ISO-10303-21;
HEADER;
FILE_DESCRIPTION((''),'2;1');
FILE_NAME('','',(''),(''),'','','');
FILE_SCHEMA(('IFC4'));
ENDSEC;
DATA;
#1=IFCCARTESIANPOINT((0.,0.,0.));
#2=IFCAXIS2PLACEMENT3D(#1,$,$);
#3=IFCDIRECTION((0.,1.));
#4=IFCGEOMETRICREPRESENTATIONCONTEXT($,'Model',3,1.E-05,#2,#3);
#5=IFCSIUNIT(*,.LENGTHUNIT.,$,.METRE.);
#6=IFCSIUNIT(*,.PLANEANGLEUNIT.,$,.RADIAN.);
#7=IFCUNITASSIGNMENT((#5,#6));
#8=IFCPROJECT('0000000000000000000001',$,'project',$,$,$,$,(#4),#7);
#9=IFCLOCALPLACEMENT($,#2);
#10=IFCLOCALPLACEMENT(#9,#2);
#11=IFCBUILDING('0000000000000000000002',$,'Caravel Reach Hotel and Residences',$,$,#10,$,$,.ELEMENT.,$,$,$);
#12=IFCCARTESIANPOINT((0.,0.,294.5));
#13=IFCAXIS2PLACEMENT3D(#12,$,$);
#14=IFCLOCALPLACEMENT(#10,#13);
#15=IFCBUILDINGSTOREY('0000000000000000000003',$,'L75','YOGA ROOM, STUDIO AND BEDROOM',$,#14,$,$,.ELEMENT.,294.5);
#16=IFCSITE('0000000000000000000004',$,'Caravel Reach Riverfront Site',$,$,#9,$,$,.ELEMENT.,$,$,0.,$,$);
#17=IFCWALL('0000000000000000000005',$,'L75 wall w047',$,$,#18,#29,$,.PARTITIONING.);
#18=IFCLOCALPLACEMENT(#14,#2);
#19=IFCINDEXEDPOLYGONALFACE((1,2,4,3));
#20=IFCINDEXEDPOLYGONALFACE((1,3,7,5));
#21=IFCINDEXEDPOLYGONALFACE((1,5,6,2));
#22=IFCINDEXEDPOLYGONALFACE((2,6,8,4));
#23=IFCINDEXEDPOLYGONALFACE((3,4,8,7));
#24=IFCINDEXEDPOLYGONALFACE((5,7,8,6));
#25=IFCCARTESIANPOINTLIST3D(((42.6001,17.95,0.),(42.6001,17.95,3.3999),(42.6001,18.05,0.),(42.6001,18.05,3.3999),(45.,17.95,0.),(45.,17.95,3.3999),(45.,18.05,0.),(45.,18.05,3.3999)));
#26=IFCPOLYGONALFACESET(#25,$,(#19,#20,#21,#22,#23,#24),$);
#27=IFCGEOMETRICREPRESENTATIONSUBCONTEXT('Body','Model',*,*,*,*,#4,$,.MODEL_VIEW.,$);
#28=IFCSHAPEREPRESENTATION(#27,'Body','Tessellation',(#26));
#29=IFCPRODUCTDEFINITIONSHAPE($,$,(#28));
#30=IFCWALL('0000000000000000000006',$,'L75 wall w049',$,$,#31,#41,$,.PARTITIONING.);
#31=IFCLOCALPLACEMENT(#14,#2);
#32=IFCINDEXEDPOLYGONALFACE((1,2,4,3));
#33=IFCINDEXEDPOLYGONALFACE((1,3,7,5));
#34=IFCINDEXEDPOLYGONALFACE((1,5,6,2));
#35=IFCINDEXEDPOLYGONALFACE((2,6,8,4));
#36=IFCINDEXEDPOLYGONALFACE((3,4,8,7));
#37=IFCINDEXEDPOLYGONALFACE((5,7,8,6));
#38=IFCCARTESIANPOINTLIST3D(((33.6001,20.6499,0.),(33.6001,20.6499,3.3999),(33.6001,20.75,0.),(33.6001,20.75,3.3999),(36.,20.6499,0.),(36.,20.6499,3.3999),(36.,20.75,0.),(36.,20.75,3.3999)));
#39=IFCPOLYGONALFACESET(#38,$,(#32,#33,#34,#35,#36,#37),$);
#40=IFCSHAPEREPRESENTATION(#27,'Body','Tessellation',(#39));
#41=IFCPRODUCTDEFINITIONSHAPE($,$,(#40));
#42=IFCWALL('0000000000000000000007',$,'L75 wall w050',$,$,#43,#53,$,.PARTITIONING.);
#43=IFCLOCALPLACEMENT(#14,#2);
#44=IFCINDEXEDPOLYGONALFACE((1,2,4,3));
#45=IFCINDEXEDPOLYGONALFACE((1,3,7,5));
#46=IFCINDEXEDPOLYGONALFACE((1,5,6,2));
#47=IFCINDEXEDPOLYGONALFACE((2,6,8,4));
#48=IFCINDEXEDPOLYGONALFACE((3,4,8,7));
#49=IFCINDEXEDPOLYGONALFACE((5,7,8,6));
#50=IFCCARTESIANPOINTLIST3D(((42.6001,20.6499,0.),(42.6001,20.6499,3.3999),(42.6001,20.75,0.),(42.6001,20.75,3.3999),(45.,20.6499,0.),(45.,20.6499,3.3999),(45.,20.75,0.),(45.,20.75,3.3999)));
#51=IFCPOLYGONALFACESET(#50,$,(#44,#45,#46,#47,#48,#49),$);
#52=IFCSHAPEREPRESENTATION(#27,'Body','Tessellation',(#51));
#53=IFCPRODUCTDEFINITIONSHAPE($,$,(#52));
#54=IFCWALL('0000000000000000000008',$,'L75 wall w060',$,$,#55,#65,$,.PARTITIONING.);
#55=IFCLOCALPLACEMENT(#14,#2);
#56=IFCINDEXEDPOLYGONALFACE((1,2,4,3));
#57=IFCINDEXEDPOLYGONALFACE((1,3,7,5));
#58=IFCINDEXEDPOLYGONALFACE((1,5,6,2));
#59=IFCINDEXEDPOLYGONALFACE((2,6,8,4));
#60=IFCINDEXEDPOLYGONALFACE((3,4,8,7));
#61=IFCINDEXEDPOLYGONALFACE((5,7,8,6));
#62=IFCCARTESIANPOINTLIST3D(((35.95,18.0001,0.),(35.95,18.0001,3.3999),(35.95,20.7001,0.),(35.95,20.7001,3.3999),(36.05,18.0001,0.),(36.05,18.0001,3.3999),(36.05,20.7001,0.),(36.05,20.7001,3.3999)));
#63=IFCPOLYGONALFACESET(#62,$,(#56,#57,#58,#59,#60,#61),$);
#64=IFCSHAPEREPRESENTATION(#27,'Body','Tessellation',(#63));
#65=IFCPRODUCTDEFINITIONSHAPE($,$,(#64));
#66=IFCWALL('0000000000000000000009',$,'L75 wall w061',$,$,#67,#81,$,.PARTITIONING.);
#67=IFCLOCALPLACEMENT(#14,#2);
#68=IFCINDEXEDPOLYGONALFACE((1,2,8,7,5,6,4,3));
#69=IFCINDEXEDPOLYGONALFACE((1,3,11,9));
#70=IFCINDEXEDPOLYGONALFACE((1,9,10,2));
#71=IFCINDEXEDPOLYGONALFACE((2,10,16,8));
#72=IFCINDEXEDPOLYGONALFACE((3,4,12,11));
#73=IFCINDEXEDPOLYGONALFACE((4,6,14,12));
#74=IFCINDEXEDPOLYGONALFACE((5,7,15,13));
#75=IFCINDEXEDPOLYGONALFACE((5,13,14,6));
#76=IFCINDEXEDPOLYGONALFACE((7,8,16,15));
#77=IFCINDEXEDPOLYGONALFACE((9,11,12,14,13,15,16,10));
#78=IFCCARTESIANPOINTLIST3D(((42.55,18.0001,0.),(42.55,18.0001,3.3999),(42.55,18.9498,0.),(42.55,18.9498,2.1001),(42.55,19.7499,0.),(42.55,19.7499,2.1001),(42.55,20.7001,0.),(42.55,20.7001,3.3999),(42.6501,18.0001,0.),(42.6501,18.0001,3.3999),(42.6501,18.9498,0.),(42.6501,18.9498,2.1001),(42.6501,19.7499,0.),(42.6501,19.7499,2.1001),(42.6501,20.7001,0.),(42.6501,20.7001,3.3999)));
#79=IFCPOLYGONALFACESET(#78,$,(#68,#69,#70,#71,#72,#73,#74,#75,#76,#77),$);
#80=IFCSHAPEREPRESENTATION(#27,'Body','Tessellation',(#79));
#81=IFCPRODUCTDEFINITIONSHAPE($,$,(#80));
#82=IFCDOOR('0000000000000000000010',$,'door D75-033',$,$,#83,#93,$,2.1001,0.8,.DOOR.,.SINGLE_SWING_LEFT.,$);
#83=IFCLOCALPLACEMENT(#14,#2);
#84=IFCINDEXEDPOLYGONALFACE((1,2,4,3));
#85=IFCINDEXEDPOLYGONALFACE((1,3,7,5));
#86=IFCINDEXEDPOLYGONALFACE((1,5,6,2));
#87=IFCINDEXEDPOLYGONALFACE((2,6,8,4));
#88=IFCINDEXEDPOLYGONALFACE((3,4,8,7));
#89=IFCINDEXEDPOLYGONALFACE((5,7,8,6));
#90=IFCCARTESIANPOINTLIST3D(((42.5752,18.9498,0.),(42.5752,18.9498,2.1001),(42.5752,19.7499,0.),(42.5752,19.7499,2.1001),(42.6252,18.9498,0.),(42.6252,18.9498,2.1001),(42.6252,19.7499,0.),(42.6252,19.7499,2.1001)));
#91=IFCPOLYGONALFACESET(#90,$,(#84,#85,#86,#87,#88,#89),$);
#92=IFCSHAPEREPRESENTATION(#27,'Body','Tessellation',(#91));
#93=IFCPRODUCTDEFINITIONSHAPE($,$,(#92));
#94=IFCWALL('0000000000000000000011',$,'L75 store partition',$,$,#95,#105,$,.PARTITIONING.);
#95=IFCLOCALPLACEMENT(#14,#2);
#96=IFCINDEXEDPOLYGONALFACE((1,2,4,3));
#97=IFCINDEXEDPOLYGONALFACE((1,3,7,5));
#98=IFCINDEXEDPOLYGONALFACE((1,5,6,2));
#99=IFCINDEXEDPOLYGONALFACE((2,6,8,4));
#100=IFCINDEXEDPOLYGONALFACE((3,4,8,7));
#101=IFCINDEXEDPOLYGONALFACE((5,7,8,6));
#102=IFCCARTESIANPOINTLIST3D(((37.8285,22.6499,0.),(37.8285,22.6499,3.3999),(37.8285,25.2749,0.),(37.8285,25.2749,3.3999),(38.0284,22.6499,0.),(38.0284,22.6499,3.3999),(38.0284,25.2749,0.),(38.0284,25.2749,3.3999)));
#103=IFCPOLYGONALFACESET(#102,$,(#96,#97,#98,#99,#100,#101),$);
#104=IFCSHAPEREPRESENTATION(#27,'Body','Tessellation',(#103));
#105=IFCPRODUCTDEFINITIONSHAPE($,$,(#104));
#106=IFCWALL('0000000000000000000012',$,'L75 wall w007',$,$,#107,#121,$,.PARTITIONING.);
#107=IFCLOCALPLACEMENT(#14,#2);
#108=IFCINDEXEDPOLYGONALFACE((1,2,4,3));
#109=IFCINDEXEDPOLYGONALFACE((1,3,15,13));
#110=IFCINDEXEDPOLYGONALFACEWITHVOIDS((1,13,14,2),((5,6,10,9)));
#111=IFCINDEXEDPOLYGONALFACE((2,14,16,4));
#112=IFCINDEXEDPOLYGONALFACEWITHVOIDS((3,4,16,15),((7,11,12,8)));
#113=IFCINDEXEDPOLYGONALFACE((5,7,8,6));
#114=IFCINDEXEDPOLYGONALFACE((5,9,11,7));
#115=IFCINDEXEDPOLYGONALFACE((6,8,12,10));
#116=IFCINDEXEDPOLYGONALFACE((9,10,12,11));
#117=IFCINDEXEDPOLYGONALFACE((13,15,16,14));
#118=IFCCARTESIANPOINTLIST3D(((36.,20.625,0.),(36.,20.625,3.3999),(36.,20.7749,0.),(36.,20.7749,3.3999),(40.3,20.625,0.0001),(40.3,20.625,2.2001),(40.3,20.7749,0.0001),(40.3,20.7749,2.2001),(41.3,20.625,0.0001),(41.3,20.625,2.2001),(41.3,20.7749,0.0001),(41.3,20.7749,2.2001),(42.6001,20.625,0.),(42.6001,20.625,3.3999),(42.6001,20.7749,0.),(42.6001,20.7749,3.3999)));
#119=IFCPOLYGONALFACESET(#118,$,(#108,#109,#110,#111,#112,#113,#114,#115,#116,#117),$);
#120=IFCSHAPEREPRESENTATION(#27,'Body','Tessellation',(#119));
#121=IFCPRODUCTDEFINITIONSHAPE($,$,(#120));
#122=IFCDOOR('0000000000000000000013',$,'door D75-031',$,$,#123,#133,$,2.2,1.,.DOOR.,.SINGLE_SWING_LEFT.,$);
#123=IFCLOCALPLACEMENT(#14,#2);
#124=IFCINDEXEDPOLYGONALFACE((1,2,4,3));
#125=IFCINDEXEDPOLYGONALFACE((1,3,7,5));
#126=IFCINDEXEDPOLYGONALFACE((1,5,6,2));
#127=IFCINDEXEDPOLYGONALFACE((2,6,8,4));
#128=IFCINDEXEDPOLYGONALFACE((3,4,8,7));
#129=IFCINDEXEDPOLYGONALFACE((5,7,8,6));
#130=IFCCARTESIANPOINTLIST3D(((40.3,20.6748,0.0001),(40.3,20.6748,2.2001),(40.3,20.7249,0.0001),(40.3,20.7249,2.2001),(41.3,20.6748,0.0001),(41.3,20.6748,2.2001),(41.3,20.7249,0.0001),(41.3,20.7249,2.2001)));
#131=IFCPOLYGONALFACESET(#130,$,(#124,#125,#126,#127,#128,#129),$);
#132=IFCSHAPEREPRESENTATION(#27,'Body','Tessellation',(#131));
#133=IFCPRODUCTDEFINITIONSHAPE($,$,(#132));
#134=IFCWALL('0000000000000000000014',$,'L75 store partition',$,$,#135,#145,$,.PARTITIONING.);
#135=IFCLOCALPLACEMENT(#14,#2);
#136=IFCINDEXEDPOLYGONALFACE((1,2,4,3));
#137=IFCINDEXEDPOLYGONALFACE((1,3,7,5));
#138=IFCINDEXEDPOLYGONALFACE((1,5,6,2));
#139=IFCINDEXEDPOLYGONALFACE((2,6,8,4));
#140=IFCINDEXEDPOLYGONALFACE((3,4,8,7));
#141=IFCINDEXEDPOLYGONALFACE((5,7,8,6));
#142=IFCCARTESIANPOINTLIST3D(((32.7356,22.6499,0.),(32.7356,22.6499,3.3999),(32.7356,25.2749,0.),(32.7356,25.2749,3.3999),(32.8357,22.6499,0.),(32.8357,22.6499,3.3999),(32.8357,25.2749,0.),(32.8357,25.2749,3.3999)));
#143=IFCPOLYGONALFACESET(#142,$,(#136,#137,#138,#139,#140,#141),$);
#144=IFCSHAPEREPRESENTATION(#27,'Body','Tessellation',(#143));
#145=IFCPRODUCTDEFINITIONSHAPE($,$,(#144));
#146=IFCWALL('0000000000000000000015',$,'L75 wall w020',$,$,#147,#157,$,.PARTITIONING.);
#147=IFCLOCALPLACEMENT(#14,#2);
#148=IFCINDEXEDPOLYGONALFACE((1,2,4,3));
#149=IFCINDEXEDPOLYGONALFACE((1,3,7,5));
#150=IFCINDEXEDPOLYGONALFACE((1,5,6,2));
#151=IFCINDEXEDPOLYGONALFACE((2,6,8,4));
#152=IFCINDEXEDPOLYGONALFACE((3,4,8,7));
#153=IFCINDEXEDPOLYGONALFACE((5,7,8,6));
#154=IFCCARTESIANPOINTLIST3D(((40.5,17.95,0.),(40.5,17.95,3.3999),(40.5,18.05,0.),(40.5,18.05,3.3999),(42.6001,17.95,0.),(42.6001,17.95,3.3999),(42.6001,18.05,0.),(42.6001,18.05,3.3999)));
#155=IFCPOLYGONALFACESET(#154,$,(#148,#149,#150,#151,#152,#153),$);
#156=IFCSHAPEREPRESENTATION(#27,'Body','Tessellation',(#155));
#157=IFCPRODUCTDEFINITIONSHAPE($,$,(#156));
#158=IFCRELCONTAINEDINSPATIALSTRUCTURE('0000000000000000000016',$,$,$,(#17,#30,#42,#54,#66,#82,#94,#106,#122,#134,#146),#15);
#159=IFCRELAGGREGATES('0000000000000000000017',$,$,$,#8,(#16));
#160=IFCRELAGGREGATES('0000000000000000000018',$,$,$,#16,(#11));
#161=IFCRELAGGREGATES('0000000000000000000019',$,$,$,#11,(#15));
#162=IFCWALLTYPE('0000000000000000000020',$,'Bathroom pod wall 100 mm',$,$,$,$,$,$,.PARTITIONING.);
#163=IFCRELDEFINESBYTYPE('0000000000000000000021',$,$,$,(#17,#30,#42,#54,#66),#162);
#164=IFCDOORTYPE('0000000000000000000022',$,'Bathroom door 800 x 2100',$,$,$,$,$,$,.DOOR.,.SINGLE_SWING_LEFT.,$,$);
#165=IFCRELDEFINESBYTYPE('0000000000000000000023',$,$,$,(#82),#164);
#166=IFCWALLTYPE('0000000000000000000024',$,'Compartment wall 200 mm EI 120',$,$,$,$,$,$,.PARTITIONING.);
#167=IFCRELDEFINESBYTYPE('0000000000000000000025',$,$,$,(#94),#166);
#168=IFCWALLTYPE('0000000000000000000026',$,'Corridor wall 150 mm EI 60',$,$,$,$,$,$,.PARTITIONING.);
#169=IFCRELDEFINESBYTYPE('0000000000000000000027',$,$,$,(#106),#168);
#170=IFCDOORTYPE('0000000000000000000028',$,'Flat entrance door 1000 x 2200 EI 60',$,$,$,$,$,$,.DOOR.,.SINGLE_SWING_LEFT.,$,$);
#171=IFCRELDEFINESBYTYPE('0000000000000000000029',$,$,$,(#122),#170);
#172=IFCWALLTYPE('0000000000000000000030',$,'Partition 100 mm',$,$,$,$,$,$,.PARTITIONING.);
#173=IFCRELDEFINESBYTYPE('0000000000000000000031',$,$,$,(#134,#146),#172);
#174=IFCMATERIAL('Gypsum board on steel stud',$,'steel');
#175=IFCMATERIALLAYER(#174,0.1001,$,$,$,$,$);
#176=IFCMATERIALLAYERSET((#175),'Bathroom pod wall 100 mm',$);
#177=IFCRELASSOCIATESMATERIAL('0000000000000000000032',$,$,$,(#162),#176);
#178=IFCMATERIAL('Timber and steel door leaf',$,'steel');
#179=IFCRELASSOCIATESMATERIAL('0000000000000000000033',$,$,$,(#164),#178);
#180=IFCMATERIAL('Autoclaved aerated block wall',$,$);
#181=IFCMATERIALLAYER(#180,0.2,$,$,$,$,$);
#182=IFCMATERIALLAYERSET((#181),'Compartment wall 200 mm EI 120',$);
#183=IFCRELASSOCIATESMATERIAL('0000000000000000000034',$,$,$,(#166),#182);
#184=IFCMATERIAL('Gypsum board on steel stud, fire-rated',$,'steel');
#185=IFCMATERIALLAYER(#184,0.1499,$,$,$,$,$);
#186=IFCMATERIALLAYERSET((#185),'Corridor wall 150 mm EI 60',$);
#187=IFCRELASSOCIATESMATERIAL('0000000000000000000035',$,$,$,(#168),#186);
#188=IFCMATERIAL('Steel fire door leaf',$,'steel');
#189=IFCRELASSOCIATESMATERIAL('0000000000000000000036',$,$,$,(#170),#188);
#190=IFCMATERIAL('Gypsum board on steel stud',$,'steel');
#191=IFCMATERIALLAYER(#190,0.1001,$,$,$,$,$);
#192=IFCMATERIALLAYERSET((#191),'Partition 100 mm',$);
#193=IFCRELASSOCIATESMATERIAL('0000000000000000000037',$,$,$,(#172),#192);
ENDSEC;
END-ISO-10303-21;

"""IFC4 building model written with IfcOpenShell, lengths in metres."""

from ifc_helpers import new_model, si_unit, direction, frame, frame_2d, origin, place, context, subcontext, project, spatial, rectangle, extrude, material, layer, layer_set, type_object, element, fill, save


model = new_model("IFC4")

# Units and contexts
model_context = context("Model", 3, precision=1e-05, world=origin(), true_north=direction((0.0, 1.0)))
body_context = subcontext(model_context, "Body", "Model", "MODEL_VIEW")
ifc_project = project(units=[si_unit("LENGTHUNIT", "METRE"), si_unit("PLANEANGLEUNIT", "RADIAN")], contexts=[model_context])

# Site, building, storey
site_placement = place(None, origin())
site = spatial("IfcSite", under=ifc_project, at=site_placement, Name="Caravel Reach Riverfront Site", CompositionType="ELEMENT", RefElevation=0.0)
building_placement = place(site_placement, origin())
building = spatial("IfcBuilding", under=site, at=building_placement, Name="Caravel Reach Hotel and Residences", CompositionType="ELEMENT")
storey_placement = place(building_placement, frame((0.0, 0.0, 294.5)))
storey = spatial("IfcBuildingStorey", under=building, at=storey_placement, Name="L75", Description="YOGA ROOM, STUDIO AND BEDROOM", CompositionType="ELEMENT", Elevation=294.5)

# Walls
ifc_material_1 = material(Name="Gypsum board on steel stud", Category="steel")
ifc_layer_1 = layer(ifc_material_1, 0.1001)
ifc_layer_set_1 = layer_set([ifc_layer_1], Name="Bathroom pod wall 100 mm")
wall_type_1 = type_object("IfcWallType", Name="Bathroom pod wall 100 mm", PredefinedType="PARTITIONING", material=ifc_layer_set_1)
for number, where, z_axis, x_axis, name in (
    (1, (42.6001, 18.0, 0.0), (0.0, 0.0, 1.0), (1.0, 0.0, 0.0), "L75 wall w047"),
    (2, (33.6001, 20.7, 0.0), (0.0, 0.0, 1.0), (1.0, 0.0, 0.0), "L75 wall w049"),
    (3, (42.6001, 20.7, 0.0), (0.0, 0.0, 1.0), (1.0, 0.0, 0.0), "L75 wall w050"),
):
    element("IfcWall", number, at=place(storey_placement, frame(where, z_axis=z_axis, x_axis=x_axis)), inside=storey, type_object=wall_type_1, Name=name, PredefinedType="PARTITIONING", context=body_context, shape_type="SweptSolid", body=[
        extrude(rectangle(XDim=2.3999, YDim=0.1001, at=frame_2d((1.2, 0.0))), origin(), (0.0, 0.0, 1.0), 3.3999),
    ])
wall_1_placement = place(storey_placement, frame((36.0, 18.0, 0.0), z_axis=(0.0, 0.0, 1.0), x_axis=(0.0, 1.0, 0.0)))
element("IfcWall", 4, at=wall_1_placement, inside=storey, type_object=wall_type_1, Name="L75 wall w060", PredefinedType="PARTITIONING", context=body_context, shape_type="SweptSolid", body=[
    extrude(rectangle(XDim=2.7, YDim=0.1001, at=frame_2d((1.3501, 0.0))), origin(), (0.0, 0.0, 1.0), 3.3999),
])

# Wall, opening, door
wall_2_placement = place(storey_placement, frame((42.6001, 18.0, 0.0), z_axis=(0.0, 0.0, 1.0), x_axis=(0.0, 1.0, 0.0)))
wall_2 = element("IfcWall", 5, at=wall_2_placement, inside=storey, type_object=wall_type_1, Name="L75 wall w061", PredefinedType="PARTITIONING", context=body_context, shape_type="SweptSolid", body=[
    extrude(rectangle(XDim=2.7, YDim=0.1001, at=frame_2d((1.3501, 0.0))), origin(), (0.0, 0.0, 1.0), 3.3999),
])
opening_1_placement = place(wall_2_placement, frame((0.95, 0.0, 0.0)))
opening_1 = element("IfcOpeningElement", 6, at=opening_1_placement, cuts=wall_2, PredefinedType="OPENING", context=body_context, shape_type="SweptSolid", body=[
    extrude(rectangle(XDim=0.8, YDim=2.1001, at=frame_2d((0.3999, 1.05))), frame((0.0, 0.0601, 0.0), z_axis=(0.0, -1.0, 0.0), x_axis=(1.0, 0.0, 0.0)), (0.0, 0.0, 1.0), 0.1201),
])
ifc_material_2 = material(Name="Timber and steel door leaf", Category="steel")
door_type_1 = type_object("IfcDoorType", Name="Bathroom door 800 x 2100", OperationType="SINGLE_SWING_LEFT", PredefinedType="DOOR", material=ifc_material_2)
door_1_placement = place(opening_1_placement, origin())
door_1 = element("IfcDoor", 7, at=door_1_placement, inside=storey, type_object=door_type_1, Name="door D75-033", OperationType="SINGLE_SWING_LEFT", OverallHeight=2.1001, OverallWidth=0.8, PredefinedType="DOOR", context=body_context, shape_type="SweptSolid", body=[
    extrude(rectangle(XDim=0.8, YDim=2.1001, at=frame_2d((0.3999, 1.05))), frame((0.0, 0.0249, 0.0), z_axis=(0.0, -1.0, 0.0), x_axis=(1.0, 0.0, 0.0)), (0.0, 0.0, 1.0), 0.05),
])
fill(opening_1, door_1)

# Wall
ifc_material_3 = material(Name="Autoclaved aerated block wall")
ifc_layer_2 = layer(ifc_material_3, 0.2)
ifc_layer_set_2 = layer_set([ifc_layer_2], Name="Compartment wall 200 mm EI 120")
wall_type_2 = type_object("IfcWallType", Name="Compartment wall 200 mm EI 120", PredefinedType="PARTITIONING", material=ifc_layer_set_2)
wall_3_placement = place(storey_placement, frame((37.9285, 22.6499, 0.0), z_axis=(0.0, 0.0, 1.0), x_axis=(0.0, 1.0, 0.0)))
element("IfcWall", 8, at=wall_3_placement, inside=storey, type_object=wall_type_2, Name="L75 store partition", PredefinedType="PARTITIONING", context=body_context, shape_type="SweptSolid", body=[
    extrude(rectangle(XDim=2.625, YDim=0.2, at=frame_2d((1.3125, 0.0))), origin(), (0.0, 0.0, 1.0), 3.3999),
])

# Wall, opening, door
ifc_material_4 = material(Name="Gypsum board on steel stud, fire-rated", Category="steel")
ifc_layer_3 = layer(ifc_material_4, 0.1499)
ifc_layer_set_3 = layer_set([ifc_layer_3], Name="Corridor wall 150 mm EI 60")
wall_type_3 = type_object("IfcWallType", Name="Corridor wall 150 mm EI 60", PredefinedType="PARTITIONING", material=ifc_layer_set_3)
wall_4_placement = place(storey_placement, frame((36.0, 20.7, 0.0), z_axis=(0.0, 0.0, 1.0), x_axis=(1.0, 0.0, 0.0)))
wall_4 = element("IfcWall", 9, at=wall_4_placement, inside=storey, type_object=wall_type_3, Name="L75 wall w007", PredefinedType="PARTITIONING", context=body_context, shape_type="SweptSolid", body=[
    extrude(rectangle(XDim=6.6001, YDim=0.1499, at=frame_2d((3.3, 0.0))), origin(), (0.0, 0.0, 1.0), 3.3999),
])
opening_2_placement = place(wall_4_placement, frame((4.3, 0.0, 0.0)))
opening_2 = element("IfcOpeningElement", 10, at=opening_2_placement, cuts=wall_4, PredefinedType="OPENING", context=body_context, shape_type="SweptSolid", body=[
    extrude(rectangle(XDim=1.0, YDim=2.2, at=frame_2d((0.5, 1.1001))), frame((0.0, 0.085, 0.0), z_axis=(0.0, -1.0, 0.0), x_axis=(1.0, 0.0, 0.0)), (0.0, 0.0, 1.0), 0.1699),
])
ifc_material_5 = material(Name="Steel fire door leaf", Category="steel")
door_type_2 = type_object("IfcDoorType", Name="Flat entrance door 1000 x 2200 EI 60", OperationType="SINGLE_SWING_LEFT", PredefinedType="DOOR", material=ifc_material_5)
door_2_placement = place(opening_2_placement, origin())
door_2 = element("IfcDoor", 11, at=door_2_placement, inside=storey, type_object=door_type_2, Name="door D75-031", OperationType="SINGLE_SWING_LEFT", OverallHeight=2.2, OverallWidth=1.0, PredefinedType="DOOR", context=body_context, shape_type="SweptSolid", body=[
    extrude(rectangle(XDim=1.0, YDim=2.2, at=frame_2d((0.5, 1.1001))), frame((0.0, 0.0249, 0.0), z_axis=(0.0, -1.0, 0.0), x_axis=(1.0, 0.0, 0.0)), (0.0, 0.0, 1.0), 0.05),
])
fill(opening_2, door_2)

# Walls
ifc_material_6 = material(Name="Gypsum board on steel stud", Category="steel")
ifc_layer_4 = layer(ifc_material_6, 0.1001)
ifc_layer_set_4 = layer_set([ifc_layer_4], Name="Partition 100 mm")
wall_type_4 = type_object("IfcWallType", Name="Partition 100 mm", PredefinedType="PARTITIONING", material=ifc_layer_set_4)
wall_5_placement = place(storey_placement, frame((32.7856, 22.6499, 0.0), z_axis=(0.0, 0.0, 1.0), x_axis=(0.0, 1.0, 0.0)))
element("IfcWall", 12, at=wall_5_placement, inside=storey, type_object=wall_type_4, Name="L75 store partition", PredefinedType="PARTITIONING", context=body_context, shape_type="SweptSolid", body=[
    extrude(rectangle(XDim=2.625, YDim=0.1001, at=frame_2d((1.3125, 0.0))), origin(), (0.0, 0.0, 1.0), 3.3999),
])
wall_6_placement = place(storey_placement, frame((40.5, 18.0, 0.0), z_axis=(0.0, 0.0, 1.0), x_axis=(1.0, 0.0, 0.0)))
element("IfcWall", 13, at=wall_6_placement, inside=storey, type_object=wall_type_4, Name="L75 wall w020", PredefinedType="PARTITIONING", context=body_context, shape_type="SweptSolid", body=[
    extrude(rectangle(XDim=2.1001, YDim=0.1001, at=frame_2d((1.05, 0.0))), origin(), (0.0, 0.0, 1.0), 3.3999),
])

save(model, "model.ifc")
